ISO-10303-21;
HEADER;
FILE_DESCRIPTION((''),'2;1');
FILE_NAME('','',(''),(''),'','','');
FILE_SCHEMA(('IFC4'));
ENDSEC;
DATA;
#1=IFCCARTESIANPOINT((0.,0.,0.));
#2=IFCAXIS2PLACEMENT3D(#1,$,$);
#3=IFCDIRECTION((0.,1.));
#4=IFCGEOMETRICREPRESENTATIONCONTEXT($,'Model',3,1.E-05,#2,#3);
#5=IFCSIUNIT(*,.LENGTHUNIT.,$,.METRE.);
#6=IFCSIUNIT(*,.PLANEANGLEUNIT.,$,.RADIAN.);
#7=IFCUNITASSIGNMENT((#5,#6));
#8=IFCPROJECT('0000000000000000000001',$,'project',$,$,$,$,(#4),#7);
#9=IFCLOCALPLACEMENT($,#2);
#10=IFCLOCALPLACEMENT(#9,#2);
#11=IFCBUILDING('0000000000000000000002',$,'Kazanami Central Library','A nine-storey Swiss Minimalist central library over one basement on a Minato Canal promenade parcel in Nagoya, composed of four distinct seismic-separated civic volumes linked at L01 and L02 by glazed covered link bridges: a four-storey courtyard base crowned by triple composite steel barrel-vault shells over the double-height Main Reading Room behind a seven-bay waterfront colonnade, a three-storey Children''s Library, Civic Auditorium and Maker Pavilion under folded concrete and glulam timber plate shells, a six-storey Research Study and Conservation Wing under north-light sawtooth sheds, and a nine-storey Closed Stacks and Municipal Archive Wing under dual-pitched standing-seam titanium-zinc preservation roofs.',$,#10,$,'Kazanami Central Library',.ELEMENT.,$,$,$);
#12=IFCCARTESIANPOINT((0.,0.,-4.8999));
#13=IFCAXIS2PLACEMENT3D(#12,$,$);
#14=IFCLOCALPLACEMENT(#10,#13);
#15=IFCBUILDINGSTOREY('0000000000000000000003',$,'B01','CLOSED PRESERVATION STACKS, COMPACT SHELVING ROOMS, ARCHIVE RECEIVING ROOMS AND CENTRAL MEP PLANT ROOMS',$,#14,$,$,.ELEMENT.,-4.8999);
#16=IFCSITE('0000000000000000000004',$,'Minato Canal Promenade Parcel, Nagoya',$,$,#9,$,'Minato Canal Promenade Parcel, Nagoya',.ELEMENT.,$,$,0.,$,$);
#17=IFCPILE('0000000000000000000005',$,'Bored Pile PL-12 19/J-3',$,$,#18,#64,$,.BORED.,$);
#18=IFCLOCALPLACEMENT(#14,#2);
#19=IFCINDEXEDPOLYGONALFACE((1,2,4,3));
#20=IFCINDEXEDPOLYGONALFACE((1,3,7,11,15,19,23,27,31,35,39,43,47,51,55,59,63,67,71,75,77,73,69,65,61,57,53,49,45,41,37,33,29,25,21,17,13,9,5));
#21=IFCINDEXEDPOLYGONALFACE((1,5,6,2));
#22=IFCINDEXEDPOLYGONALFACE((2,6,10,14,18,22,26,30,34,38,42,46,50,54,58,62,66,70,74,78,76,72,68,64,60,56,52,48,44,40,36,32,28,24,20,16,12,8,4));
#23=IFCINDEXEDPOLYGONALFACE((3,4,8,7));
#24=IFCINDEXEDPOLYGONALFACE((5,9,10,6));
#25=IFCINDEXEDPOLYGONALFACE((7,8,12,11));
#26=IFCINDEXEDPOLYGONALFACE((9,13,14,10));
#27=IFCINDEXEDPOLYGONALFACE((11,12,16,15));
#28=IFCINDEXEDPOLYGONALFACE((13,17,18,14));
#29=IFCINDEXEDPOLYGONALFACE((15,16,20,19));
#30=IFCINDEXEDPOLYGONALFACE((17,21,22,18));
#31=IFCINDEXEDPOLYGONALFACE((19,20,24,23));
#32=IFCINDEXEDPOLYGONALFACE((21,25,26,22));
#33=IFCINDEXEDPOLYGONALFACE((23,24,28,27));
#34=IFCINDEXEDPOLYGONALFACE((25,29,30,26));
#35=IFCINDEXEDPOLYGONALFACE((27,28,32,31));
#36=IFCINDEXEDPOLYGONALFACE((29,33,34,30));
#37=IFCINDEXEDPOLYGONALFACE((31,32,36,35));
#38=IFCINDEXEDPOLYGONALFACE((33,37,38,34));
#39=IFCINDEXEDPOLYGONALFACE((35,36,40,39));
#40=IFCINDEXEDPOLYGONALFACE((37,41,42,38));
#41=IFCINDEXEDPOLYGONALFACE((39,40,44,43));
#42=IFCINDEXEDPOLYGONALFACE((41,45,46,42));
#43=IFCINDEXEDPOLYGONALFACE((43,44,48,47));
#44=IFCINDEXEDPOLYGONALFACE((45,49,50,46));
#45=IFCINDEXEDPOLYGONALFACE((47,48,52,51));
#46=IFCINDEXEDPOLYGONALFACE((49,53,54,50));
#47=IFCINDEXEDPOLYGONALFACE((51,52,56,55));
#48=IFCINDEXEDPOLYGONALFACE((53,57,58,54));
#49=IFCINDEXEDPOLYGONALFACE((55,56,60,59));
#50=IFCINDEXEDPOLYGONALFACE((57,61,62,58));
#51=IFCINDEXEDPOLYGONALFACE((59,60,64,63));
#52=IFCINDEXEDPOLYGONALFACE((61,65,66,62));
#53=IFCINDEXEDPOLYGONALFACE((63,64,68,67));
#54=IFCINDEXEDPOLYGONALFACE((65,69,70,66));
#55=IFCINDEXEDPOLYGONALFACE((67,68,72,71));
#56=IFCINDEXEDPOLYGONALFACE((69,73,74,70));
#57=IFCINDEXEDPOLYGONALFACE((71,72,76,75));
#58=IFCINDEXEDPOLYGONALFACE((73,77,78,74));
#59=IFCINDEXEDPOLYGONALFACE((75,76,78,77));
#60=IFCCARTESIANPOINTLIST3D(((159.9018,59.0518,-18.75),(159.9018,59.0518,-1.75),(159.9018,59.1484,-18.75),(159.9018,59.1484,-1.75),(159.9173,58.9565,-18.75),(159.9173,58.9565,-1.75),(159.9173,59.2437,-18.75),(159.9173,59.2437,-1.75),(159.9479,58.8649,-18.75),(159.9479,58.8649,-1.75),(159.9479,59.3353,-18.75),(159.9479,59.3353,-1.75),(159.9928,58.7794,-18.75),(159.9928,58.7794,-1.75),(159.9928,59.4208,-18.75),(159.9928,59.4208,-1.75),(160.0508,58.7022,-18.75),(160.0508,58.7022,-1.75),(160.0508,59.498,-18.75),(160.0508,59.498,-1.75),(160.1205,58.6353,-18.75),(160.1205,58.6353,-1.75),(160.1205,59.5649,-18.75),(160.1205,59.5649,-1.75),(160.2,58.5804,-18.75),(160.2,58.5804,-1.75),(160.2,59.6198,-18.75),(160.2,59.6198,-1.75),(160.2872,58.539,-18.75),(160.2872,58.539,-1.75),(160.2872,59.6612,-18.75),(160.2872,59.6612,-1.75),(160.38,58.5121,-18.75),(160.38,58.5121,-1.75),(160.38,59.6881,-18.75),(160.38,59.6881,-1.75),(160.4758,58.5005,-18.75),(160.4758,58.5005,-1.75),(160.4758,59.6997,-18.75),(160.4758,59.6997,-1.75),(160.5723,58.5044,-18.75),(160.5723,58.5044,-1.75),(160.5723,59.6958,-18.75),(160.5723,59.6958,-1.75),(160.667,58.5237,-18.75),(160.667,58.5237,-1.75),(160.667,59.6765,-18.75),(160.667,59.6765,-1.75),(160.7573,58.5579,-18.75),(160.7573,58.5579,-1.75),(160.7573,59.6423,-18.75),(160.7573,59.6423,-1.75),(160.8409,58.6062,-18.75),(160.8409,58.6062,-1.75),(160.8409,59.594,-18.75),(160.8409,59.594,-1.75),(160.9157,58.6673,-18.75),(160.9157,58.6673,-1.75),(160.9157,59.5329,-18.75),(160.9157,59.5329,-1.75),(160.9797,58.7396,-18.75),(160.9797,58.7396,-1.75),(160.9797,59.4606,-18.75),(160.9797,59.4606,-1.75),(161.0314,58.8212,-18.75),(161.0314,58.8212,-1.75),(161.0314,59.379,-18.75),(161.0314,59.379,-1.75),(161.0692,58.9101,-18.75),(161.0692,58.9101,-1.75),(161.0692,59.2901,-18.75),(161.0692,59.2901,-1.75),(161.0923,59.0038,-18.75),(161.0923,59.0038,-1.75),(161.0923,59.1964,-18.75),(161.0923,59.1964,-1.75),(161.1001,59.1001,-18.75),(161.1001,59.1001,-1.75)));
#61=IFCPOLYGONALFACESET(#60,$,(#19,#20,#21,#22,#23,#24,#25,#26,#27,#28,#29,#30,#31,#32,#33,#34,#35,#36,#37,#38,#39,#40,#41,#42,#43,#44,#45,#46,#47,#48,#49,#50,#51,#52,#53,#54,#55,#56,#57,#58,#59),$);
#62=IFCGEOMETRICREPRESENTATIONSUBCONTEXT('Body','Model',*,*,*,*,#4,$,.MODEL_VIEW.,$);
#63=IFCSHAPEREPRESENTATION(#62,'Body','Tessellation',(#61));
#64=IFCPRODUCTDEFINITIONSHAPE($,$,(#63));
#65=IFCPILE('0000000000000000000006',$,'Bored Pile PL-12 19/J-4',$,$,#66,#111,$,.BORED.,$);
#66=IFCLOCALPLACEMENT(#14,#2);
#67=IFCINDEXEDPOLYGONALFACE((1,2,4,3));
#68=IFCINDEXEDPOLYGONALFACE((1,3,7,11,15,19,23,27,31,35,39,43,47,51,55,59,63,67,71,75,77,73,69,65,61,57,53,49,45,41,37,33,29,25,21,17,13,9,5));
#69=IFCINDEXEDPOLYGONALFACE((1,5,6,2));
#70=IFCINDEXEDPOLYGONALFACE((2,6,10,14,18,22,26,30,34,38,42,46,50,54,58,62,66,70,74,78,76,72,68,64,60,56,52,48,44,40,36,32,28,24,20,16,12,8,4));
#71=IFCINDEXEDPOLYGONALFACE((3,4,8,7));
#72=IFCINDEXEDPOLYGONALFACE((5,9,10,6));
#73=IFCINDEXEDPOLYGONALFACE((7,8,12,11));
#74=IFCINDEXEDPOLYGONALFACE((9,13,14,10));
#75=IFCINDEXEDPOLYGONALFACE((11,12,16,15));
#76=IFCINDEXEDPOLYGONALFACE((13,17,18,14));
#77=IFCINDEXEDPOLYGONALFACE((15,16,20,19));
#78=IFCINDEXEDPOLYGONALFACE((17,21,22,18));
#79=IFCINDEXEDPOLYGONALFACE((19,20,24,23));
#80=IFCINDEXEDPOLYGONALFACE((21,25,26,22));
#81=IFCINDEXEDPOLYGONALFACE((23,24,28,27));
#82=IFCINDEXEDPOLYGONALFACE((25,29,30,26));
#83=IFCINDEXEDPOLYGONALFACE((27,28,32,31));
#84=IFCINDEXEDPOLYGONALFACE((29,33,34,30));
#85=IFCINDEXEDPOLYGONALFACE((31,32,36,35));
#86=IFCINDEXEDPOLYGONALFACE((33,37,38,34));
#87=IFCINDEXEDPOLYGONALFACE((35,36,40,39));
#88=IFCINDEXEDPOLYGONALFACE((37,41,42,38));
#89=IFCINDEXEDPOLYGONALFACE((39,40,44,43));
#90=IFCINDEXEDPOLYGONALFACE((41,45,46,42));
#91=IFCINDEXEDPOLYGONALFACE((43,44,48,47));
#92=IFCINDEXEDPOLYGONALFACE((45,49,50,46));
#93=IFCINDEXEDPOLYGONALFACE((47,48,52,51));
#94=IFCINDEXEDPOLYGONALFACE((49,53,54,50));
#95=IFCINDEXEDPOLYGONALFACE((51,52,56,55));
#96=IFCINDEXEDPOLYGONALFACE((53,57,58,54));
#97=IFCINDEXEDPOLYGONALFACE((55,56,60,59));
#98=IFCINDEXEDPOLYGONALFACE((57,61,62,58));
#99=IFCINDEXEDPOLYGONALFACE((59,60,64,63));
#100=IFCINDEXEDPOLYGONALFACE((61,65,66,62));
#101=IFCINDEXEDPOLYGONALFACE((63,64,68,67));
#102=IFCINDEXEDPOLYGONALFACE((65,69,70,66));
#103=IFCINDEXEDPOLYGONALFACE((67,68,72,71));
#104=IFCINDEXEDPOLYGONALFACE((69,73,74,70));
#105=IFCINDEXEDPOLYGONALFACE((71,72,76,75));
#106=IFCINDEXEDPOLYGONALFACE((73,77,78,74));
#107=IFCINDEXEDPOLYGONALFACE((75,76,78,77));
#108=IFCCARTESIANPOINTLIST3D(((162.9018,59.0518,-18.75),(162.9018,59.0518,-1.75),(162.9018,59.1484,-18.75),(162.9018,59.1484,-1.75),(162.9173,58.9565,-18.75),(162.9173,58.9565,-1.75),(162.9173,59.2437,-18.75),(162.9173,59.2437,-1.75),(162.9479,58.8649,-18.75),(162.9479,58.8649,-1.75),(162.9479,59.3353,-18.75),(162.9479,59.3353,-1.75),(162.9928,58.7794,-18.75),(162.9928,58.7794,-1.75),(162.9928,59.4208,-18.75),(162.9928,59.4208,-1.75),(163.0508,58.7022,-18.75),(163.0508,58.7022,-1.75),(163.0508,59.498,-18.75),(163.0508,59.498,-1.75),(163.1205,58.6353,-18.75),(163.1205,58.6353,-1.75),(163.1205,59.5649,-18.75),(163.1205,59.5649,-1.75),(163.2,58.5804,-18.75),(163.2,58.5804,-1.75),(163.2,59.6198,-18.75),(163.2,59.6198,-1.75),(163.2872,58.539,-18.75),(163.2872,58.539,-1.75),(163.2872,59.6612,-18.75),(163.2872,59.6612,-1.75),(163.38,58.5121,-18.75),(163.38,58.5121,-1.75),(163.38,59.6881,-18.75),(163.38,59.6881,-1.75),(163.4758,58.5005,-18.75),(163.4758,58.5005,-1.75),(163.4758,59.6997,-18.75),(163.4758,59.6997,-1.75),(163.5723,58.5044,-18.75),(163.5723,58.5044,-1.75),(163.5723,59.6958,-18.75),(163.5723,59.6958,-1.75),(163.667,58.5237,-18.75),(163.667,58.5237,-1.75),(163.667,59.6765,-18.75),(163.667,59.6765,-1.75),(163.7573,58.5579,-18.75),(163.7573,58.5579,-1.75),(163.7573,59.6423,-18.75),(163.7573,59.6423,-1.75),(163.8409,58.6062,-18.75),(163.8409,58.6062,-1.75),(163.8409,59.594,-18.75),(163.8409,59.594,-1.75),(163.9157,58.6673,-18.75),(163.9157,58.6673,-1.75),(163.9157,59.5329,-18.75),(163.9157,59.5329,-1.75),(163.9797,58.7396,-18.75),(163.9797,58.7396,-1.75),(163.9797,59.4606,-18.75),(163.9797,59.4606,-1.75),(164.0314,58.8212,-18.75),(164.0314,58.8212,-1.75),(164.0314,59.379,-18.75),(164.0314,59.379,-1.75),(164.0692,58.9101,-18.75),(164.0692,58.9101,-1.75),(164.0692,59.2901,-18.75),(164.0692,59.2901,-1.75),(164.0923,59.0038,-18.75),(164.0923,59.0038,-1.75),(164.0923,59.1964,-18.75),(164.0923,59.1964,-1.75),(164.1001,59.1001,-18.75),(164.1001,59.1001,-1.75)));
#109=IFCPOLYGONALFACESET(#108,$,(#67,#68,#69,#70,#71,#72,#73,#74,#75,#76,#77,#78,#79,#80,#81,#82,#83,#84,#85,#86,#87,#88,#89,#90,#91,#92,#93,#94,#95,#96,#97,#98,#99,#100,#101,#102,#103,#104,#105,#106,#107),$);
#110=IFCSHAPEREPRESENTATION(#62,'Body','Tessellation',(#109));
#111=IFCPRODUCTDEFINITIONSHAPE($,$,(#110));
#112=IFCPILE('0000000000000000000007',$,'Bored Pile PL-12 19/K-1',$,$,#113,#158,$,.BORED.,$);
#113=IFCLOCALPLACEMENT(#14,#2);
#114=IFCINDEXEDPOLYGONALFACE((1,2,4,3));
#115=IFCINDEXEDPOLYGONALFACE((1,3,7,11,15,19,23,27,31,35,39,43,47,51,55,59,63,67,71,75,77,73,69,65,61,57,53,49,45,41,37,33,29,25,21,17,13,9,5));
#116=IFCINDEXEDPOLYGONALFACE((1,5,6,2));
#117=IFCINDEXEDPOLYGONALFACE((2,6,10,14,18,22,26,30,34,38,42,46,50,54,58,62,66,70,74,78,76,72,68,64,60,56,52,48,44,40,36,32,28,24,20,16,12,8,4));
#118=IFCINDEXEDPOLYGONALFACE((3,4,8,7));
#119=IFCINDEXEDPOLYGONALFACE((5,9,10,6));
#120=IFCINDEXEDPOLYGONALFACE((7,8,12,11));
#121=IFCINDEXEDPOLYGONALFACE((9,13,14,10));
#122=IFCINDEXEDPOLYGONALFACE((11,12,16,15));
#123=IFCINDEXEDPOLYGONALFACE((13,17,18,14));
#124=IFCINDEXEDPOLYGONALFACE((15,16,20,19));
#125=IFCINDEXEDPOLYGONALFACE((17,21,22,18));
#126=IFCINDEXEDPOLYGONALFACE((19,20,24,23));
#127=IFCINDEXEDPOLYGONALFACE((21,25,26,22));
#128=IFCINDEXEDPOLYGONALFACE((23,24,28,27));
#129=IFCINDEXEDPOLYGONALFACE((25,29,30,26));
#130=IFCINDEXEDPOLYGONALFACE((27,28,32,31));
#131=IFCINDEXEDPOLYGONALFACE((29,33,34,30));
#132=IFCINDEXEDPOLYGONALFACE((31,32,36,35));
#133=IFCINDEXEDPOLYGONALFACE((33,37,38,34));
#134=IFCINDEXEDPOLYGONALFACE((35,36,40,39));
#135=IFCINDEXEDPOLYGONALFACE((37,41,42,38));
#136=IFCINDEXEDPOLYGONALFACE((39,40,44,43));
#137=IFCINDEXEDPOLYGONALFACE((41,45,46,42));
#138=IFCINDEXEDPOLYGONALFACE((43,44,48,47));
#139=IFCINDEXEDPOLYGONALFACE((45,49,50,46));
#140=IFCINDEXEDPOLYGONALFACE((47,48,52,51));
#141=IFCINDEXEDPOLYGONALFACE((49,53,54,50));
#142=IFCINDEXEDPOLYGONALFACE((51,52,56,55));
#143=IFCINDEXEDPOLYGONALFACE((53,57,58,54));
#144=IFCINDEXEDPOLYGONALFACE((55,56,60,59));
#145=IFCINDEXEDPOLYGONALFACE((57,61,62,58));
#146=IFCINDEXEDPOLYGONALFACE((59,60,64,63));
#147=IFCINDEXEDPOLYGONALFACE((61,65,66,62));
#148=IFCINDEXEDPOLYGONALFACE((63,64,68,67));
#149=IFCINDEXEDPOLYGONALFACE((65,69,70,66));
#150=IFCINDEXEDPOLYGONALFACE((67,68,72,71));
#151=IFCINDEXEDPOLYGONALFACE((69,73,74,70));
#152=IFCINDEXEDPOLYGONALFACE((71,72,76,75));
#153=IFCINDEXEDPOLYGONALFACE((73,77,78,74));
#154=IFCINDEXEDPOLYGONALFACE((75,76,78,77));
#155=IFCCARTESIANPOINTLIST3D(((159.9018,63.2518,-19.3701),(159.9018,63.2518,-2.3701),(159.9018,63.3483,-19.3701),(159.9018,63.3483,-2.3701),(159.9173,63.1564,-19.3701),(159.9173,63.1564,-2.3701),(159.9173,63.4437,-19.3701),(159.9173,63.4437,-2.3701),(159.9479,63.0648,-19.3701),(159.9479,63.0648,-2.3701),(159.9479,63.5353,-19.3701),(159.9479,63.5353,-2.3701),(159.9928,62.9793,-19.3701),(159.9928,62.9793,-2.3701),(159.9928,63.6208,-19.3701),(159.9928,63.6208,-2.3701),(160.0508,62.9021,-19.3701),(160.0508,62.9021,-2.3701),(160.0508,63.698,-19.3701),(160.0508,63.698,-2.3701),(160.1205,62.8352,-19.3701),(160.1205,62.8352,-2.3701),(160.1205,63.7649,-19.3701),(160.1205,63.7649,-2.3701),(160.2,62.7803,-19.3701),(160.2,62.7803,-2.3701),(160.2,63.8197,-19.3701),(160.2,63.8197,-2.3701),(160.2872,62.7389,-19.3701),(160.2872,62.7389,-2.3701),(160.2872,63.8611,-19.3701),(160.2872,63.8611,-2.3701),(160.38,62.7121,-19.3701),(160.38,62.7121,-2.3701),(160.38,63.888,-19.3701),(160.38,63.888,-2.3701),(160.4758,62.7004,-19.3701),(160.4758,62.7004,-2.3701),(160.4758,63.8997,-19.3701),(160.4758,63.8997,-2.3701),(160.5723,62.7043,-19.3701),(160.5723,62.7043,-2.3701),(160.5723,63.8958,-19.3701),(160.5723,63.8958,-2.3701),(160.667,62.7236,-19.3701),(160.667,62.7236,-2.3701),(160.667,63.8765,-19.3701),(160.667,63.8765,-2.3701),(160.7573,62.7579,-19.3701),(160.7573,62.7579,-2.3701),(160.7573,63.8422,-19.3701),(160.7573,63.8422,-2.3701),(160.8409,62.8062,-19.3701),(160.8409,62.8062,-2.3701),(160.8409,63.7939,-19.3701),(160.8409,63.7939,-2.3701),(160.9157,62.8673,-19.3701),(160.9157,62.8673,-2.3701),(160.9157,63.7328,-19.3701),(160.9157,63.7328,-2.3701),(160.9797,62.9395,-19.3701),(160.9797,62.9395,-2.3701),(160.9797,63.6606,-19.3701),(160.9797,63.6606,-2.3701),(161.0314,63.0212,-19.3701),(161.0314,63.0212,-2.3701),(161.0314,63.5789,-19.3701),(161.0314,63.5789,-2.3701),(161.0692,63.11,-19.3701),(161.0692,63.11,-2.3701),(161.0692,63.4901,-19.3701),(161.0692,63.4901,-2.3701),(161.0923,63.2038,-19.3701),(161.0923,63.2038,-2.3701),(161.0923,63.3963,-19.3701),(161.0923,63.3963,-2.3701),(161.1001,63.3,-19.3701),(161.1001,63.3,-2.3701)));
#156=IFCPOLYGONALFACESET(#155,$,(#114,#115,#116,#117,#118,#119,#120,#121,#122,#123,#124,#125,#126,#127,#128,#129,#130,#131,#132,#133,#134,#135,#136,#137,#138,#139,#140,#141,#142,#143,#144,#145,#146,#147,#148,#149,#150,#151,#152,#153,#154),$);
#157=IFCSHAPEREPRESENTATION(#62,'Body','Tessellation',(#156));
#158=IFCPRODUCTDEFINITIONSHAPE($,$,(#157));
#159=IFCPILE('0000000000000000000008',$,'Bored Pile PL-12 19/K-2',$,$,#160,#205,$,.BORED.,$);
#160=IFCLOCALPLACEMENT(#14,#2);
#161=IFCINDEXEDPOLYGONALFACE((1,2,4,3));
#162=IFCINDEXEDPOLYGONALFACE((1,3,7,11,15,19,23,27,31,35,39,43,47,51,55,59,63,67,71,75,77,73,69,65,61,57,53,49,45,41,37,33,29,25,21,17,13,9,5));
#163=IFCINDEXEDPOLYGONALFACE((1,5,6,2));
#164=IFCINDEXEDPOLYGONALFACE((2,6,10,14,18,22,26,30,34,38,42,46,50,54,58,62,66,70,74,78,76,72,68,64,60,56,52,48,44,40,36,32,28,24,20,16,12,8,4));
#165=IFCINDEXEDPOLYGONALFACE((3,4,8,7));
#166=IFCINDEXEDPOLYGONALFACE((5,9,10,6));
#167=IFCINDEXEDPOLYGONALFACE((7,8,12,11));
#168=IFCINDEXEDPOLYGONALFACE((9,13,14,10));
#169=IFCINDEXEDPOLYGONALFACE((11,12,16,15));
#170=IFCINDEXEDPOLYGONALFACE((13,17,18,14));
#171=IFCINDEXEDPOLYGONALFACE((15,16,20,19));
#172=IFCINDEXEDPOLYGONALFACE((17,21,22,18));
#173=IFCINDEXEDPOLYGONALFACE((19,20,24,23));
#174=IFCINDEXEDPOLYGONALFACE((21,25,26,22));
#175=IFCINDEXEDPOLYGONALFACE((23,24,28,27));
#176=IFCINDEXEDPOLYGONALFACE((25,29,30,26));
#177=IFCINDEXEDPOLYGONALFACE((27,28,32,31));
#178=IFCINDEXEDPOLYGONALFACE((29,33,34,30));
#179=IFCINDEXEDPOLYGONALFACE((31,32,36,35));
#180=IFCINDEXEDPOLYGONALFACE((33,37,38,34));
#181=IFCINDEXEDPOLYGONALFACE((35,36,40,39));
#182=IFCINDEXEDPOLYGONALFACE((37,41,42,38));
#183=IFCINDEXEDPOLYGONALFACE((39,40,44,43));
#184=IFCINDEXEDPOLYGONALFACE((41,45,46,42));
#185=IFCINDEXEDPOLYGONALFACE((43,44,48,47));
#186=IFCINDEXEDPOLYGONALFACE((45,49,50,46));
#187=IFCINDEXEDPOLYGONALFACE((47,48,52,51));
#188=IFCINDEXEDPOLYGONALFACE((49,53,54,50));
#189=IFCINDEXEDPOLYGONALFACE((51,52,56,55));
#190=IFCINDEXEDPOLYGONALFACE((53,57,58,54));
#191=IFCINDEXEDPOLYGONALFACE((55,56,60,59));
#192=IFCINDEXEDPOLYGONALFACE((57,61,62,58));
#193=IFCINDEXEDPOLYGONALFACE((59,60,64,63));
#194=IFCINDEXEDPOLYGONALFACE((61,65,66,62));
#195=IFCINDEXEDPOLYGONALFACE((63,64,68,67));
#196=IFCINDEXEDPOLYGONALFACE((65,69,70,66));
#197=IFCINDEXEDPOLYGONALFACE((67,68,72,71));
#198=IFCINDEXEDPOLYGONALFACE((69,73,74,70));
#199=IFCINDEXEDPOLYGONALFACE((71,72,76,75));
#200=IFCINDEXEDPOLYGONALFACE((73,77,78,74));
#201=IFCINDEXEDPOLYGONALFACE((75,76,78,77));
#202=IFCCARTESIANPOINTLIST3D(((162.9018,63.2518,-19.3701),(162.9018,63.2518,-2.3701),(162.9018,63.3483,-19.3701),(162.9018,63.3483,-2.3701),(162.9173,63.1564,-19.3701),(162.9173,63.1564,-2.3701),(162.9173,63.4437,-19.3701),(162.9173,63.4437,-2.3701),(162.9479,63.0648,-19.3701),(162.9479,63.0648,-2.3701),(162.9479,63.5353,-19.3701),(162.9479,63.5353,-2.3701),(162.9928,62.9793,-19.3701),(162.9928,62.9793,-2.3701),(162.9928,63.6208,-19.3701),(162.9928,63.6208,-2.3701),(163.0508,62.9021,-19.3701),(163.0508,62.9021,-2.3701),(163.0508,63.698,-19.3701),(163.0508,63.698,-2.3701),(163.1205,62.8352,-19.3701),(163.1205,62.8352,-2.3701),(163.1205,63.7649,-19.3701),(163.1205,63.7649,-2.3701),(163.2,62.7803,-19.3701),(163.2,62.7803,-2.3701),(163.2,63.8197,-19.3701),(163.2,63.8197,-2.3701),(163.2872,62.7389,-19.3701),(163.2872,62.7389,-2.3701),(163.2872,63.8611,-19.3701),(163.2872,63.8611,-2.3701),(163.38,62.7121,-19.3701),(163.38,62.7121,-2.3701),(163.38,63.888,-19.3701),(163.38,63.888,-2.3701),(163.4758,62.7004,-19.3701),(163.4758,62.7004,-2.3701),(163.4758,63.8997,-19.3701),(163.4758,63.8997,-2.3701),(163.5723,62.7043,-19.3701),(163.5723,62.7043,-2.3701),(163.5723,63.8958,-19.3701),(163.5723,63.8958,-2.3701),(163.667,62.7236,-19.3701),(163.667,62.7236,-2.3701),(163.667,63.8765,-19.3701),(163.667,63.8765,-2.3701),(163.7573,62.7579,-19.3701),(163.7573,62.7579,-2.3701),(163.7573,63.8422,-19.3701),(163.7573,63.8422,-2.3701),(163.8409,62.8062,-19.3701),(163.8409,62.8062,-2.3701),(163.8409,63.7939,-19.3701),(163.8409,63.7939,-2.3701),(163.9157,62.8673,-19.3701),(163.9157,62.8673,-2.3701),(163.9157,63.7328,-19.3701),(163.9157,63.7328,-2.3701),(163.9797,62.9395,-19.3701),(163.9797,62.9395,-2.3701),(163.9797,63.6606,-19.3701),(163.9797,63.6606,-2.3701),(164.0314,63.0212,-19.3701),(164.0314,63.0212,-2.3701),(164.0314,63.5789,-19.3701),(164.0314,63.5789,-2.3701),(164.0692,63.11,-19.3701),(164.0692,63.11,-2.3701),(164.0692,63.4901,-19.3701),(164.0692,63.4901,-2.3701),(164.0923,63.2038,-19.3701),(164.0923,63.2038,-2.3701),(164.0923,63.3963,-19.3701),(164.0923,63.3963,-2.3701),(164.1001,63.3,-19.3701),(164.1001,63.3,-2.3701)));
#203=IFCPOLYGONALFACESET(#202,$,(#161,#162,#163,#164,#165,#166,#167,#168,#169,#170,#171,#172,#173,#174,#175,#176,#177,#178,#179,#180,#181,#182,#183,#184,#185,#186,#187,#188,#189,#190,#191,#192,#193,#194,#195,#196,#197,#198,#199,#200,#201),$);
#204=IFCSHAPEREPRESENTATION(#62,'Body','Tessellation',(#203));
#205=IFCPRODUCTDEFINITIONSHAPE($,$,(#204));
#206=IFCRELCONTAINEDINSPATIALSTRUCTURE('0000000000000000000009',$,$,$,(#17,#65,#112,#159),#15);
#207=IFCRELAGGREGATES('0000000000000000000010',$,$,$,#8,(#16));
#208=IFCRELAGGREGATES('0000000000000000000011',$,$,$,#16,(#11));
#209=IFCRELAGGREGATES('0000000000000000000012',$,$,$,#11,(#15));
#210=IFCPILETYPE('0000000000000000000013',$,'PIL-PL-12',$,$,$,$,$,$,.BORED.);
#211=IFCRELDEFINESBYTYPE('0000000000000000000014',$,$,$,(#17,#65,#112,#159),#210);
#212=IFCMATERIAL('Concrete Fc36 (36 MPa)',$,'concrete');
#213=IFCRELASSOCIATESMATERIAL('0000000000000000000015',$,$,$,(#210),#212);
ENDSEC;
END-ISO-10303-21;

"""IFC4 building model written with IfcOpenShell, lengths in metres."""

from ifc_helpers import new_model, si_unit, direction, frame, origin, origin_2d, place, context, subcontext, project, spatial, circle, extrude, material, material_profile, profile_set, type_object, element, save


model = new_model("IFC4")

# Units and contexts
model_context = context("Model", 3, precision=1e-05, world=origin(), true_north=direction((0.0, 1.0)))
body_context = subcontext(model_context, "Body", "Model", "MODEL_VIEW")
ifc_project = project(units=[si_unit("LENGTHUNIT", "METRE"), si_unit("PLANEANGLEUNIT", "RADIAN")], contexts=[model_context])

# Site, building, storey
site_placement = place(None, origin())
site = spatial("IfcSite", under=ifc_project, at=site_placement, Name="Minato Canal Promenade Parcel, Nagoya", LongName="Minato Canal Promenade Parcel, Nagoya", CompositionType="ELEMENT", RefElevation=0.0)
building_placement = place(site_placement, origin())
building = spatial("IfcBuilding", under=site, at=building_placement, Name="Kazanami Central Library", Description="A nine-storey Swiss Minimalist central library over one basement on a Minato Canal promenade parcel in Nagoya, composed of four distinct seismic-separated civic volumes linked at L01 and L02 by glazed covered link bridges: a four-storey courtyard base crowned by triple composite steel barrel-vault shells over the double-height Main Reading Room behind a seven-bay waterfront colonnade, a three-storey Children's Library, Civic Auditorium and Maker Pavilion under folded concrete and glulam timber plate shells, a six-storey Research Study and Conservation Wing under north-light sawtooth sheds, and a nine-storey Closed Stacks and Municipal Archive Wing under dual-pitched standing-seam titanium-zinc preservation roofs.", LongName="Kazanami Central Library", CompositionType="ELEMENT")
storey_placement = place(building_placement, frame((0.0, 0.0, -4.8999)))
storey = spatial("IfcBuildingStorey", under=building, at=storey_placement, Name="B01", Description="CLOSED PRESERVATION STACKS, COMPACT SHELVING ROOMS, ARCHIVE RECEIVING ROOMS AND CENTRAL MEP PLANT ROOMS", CompositionType="ELEMENT", Elevation=-4.8999)

# Shared definitions
ifc_material_1 = material(Name="Concrete Fc36 (36 MPa)", Category="concrete")

# Piles
ifc_material_profile_1 = material_profile(ifc_material_1, circle(Radius=0.6001, at=origin_2d()), Name="BORED-D1200")
ifc_profile_set_1 = profile_set([ifc_material_profile_1], Name="Concrete Fc36 (36 MPa)")
pile_type = type_object("IfcPileType", Name="PIL-PL-12", PredefinedType="BORED", material=ifc_profile_set_1)
for number, where, z_axis, x_axis, name in (
    (1, (160.5, 59.1001, -1.75), (0.0, 0.0, -1.0), (1.0, 0.0, 0.0), "Bored Pile PL-12 19/J-3"),
    (2, (163.5, 59.1001, -1.75), (0.0, 0.0, -1.0), (1.0, 0.0, 0.0), "Bored Pile PL-12 19/J-4"),
    (3, (160.5, 63.3, -2.3701), (0.0, 0.0, -1.0), (1.0, 0.0, 0.0), "Bored Pile PL-12 19/K-1"),
    (4, (163.5, 63.3, -2.3701), (0.0, 0.0, -1.0), (1.0, 0.0, 0.0), "Bored Pile PL-12 19/K-2"),
):
    element("IfcPile", number, at=place(storey_placement, frame(where, z_axis=z_axis, x_axis=x_axis)), inside=storey, type_object=pile_type, Name=name, PredefinedType="BORED", context=body_context, shape_type="SweptSolid", body=[
        extrude(circle(Radius=0.6001, at=origin_2d()), origin(), (0.0, 0.0, 1.0), 17.0),
    ])

save(model, "model.ifc")
